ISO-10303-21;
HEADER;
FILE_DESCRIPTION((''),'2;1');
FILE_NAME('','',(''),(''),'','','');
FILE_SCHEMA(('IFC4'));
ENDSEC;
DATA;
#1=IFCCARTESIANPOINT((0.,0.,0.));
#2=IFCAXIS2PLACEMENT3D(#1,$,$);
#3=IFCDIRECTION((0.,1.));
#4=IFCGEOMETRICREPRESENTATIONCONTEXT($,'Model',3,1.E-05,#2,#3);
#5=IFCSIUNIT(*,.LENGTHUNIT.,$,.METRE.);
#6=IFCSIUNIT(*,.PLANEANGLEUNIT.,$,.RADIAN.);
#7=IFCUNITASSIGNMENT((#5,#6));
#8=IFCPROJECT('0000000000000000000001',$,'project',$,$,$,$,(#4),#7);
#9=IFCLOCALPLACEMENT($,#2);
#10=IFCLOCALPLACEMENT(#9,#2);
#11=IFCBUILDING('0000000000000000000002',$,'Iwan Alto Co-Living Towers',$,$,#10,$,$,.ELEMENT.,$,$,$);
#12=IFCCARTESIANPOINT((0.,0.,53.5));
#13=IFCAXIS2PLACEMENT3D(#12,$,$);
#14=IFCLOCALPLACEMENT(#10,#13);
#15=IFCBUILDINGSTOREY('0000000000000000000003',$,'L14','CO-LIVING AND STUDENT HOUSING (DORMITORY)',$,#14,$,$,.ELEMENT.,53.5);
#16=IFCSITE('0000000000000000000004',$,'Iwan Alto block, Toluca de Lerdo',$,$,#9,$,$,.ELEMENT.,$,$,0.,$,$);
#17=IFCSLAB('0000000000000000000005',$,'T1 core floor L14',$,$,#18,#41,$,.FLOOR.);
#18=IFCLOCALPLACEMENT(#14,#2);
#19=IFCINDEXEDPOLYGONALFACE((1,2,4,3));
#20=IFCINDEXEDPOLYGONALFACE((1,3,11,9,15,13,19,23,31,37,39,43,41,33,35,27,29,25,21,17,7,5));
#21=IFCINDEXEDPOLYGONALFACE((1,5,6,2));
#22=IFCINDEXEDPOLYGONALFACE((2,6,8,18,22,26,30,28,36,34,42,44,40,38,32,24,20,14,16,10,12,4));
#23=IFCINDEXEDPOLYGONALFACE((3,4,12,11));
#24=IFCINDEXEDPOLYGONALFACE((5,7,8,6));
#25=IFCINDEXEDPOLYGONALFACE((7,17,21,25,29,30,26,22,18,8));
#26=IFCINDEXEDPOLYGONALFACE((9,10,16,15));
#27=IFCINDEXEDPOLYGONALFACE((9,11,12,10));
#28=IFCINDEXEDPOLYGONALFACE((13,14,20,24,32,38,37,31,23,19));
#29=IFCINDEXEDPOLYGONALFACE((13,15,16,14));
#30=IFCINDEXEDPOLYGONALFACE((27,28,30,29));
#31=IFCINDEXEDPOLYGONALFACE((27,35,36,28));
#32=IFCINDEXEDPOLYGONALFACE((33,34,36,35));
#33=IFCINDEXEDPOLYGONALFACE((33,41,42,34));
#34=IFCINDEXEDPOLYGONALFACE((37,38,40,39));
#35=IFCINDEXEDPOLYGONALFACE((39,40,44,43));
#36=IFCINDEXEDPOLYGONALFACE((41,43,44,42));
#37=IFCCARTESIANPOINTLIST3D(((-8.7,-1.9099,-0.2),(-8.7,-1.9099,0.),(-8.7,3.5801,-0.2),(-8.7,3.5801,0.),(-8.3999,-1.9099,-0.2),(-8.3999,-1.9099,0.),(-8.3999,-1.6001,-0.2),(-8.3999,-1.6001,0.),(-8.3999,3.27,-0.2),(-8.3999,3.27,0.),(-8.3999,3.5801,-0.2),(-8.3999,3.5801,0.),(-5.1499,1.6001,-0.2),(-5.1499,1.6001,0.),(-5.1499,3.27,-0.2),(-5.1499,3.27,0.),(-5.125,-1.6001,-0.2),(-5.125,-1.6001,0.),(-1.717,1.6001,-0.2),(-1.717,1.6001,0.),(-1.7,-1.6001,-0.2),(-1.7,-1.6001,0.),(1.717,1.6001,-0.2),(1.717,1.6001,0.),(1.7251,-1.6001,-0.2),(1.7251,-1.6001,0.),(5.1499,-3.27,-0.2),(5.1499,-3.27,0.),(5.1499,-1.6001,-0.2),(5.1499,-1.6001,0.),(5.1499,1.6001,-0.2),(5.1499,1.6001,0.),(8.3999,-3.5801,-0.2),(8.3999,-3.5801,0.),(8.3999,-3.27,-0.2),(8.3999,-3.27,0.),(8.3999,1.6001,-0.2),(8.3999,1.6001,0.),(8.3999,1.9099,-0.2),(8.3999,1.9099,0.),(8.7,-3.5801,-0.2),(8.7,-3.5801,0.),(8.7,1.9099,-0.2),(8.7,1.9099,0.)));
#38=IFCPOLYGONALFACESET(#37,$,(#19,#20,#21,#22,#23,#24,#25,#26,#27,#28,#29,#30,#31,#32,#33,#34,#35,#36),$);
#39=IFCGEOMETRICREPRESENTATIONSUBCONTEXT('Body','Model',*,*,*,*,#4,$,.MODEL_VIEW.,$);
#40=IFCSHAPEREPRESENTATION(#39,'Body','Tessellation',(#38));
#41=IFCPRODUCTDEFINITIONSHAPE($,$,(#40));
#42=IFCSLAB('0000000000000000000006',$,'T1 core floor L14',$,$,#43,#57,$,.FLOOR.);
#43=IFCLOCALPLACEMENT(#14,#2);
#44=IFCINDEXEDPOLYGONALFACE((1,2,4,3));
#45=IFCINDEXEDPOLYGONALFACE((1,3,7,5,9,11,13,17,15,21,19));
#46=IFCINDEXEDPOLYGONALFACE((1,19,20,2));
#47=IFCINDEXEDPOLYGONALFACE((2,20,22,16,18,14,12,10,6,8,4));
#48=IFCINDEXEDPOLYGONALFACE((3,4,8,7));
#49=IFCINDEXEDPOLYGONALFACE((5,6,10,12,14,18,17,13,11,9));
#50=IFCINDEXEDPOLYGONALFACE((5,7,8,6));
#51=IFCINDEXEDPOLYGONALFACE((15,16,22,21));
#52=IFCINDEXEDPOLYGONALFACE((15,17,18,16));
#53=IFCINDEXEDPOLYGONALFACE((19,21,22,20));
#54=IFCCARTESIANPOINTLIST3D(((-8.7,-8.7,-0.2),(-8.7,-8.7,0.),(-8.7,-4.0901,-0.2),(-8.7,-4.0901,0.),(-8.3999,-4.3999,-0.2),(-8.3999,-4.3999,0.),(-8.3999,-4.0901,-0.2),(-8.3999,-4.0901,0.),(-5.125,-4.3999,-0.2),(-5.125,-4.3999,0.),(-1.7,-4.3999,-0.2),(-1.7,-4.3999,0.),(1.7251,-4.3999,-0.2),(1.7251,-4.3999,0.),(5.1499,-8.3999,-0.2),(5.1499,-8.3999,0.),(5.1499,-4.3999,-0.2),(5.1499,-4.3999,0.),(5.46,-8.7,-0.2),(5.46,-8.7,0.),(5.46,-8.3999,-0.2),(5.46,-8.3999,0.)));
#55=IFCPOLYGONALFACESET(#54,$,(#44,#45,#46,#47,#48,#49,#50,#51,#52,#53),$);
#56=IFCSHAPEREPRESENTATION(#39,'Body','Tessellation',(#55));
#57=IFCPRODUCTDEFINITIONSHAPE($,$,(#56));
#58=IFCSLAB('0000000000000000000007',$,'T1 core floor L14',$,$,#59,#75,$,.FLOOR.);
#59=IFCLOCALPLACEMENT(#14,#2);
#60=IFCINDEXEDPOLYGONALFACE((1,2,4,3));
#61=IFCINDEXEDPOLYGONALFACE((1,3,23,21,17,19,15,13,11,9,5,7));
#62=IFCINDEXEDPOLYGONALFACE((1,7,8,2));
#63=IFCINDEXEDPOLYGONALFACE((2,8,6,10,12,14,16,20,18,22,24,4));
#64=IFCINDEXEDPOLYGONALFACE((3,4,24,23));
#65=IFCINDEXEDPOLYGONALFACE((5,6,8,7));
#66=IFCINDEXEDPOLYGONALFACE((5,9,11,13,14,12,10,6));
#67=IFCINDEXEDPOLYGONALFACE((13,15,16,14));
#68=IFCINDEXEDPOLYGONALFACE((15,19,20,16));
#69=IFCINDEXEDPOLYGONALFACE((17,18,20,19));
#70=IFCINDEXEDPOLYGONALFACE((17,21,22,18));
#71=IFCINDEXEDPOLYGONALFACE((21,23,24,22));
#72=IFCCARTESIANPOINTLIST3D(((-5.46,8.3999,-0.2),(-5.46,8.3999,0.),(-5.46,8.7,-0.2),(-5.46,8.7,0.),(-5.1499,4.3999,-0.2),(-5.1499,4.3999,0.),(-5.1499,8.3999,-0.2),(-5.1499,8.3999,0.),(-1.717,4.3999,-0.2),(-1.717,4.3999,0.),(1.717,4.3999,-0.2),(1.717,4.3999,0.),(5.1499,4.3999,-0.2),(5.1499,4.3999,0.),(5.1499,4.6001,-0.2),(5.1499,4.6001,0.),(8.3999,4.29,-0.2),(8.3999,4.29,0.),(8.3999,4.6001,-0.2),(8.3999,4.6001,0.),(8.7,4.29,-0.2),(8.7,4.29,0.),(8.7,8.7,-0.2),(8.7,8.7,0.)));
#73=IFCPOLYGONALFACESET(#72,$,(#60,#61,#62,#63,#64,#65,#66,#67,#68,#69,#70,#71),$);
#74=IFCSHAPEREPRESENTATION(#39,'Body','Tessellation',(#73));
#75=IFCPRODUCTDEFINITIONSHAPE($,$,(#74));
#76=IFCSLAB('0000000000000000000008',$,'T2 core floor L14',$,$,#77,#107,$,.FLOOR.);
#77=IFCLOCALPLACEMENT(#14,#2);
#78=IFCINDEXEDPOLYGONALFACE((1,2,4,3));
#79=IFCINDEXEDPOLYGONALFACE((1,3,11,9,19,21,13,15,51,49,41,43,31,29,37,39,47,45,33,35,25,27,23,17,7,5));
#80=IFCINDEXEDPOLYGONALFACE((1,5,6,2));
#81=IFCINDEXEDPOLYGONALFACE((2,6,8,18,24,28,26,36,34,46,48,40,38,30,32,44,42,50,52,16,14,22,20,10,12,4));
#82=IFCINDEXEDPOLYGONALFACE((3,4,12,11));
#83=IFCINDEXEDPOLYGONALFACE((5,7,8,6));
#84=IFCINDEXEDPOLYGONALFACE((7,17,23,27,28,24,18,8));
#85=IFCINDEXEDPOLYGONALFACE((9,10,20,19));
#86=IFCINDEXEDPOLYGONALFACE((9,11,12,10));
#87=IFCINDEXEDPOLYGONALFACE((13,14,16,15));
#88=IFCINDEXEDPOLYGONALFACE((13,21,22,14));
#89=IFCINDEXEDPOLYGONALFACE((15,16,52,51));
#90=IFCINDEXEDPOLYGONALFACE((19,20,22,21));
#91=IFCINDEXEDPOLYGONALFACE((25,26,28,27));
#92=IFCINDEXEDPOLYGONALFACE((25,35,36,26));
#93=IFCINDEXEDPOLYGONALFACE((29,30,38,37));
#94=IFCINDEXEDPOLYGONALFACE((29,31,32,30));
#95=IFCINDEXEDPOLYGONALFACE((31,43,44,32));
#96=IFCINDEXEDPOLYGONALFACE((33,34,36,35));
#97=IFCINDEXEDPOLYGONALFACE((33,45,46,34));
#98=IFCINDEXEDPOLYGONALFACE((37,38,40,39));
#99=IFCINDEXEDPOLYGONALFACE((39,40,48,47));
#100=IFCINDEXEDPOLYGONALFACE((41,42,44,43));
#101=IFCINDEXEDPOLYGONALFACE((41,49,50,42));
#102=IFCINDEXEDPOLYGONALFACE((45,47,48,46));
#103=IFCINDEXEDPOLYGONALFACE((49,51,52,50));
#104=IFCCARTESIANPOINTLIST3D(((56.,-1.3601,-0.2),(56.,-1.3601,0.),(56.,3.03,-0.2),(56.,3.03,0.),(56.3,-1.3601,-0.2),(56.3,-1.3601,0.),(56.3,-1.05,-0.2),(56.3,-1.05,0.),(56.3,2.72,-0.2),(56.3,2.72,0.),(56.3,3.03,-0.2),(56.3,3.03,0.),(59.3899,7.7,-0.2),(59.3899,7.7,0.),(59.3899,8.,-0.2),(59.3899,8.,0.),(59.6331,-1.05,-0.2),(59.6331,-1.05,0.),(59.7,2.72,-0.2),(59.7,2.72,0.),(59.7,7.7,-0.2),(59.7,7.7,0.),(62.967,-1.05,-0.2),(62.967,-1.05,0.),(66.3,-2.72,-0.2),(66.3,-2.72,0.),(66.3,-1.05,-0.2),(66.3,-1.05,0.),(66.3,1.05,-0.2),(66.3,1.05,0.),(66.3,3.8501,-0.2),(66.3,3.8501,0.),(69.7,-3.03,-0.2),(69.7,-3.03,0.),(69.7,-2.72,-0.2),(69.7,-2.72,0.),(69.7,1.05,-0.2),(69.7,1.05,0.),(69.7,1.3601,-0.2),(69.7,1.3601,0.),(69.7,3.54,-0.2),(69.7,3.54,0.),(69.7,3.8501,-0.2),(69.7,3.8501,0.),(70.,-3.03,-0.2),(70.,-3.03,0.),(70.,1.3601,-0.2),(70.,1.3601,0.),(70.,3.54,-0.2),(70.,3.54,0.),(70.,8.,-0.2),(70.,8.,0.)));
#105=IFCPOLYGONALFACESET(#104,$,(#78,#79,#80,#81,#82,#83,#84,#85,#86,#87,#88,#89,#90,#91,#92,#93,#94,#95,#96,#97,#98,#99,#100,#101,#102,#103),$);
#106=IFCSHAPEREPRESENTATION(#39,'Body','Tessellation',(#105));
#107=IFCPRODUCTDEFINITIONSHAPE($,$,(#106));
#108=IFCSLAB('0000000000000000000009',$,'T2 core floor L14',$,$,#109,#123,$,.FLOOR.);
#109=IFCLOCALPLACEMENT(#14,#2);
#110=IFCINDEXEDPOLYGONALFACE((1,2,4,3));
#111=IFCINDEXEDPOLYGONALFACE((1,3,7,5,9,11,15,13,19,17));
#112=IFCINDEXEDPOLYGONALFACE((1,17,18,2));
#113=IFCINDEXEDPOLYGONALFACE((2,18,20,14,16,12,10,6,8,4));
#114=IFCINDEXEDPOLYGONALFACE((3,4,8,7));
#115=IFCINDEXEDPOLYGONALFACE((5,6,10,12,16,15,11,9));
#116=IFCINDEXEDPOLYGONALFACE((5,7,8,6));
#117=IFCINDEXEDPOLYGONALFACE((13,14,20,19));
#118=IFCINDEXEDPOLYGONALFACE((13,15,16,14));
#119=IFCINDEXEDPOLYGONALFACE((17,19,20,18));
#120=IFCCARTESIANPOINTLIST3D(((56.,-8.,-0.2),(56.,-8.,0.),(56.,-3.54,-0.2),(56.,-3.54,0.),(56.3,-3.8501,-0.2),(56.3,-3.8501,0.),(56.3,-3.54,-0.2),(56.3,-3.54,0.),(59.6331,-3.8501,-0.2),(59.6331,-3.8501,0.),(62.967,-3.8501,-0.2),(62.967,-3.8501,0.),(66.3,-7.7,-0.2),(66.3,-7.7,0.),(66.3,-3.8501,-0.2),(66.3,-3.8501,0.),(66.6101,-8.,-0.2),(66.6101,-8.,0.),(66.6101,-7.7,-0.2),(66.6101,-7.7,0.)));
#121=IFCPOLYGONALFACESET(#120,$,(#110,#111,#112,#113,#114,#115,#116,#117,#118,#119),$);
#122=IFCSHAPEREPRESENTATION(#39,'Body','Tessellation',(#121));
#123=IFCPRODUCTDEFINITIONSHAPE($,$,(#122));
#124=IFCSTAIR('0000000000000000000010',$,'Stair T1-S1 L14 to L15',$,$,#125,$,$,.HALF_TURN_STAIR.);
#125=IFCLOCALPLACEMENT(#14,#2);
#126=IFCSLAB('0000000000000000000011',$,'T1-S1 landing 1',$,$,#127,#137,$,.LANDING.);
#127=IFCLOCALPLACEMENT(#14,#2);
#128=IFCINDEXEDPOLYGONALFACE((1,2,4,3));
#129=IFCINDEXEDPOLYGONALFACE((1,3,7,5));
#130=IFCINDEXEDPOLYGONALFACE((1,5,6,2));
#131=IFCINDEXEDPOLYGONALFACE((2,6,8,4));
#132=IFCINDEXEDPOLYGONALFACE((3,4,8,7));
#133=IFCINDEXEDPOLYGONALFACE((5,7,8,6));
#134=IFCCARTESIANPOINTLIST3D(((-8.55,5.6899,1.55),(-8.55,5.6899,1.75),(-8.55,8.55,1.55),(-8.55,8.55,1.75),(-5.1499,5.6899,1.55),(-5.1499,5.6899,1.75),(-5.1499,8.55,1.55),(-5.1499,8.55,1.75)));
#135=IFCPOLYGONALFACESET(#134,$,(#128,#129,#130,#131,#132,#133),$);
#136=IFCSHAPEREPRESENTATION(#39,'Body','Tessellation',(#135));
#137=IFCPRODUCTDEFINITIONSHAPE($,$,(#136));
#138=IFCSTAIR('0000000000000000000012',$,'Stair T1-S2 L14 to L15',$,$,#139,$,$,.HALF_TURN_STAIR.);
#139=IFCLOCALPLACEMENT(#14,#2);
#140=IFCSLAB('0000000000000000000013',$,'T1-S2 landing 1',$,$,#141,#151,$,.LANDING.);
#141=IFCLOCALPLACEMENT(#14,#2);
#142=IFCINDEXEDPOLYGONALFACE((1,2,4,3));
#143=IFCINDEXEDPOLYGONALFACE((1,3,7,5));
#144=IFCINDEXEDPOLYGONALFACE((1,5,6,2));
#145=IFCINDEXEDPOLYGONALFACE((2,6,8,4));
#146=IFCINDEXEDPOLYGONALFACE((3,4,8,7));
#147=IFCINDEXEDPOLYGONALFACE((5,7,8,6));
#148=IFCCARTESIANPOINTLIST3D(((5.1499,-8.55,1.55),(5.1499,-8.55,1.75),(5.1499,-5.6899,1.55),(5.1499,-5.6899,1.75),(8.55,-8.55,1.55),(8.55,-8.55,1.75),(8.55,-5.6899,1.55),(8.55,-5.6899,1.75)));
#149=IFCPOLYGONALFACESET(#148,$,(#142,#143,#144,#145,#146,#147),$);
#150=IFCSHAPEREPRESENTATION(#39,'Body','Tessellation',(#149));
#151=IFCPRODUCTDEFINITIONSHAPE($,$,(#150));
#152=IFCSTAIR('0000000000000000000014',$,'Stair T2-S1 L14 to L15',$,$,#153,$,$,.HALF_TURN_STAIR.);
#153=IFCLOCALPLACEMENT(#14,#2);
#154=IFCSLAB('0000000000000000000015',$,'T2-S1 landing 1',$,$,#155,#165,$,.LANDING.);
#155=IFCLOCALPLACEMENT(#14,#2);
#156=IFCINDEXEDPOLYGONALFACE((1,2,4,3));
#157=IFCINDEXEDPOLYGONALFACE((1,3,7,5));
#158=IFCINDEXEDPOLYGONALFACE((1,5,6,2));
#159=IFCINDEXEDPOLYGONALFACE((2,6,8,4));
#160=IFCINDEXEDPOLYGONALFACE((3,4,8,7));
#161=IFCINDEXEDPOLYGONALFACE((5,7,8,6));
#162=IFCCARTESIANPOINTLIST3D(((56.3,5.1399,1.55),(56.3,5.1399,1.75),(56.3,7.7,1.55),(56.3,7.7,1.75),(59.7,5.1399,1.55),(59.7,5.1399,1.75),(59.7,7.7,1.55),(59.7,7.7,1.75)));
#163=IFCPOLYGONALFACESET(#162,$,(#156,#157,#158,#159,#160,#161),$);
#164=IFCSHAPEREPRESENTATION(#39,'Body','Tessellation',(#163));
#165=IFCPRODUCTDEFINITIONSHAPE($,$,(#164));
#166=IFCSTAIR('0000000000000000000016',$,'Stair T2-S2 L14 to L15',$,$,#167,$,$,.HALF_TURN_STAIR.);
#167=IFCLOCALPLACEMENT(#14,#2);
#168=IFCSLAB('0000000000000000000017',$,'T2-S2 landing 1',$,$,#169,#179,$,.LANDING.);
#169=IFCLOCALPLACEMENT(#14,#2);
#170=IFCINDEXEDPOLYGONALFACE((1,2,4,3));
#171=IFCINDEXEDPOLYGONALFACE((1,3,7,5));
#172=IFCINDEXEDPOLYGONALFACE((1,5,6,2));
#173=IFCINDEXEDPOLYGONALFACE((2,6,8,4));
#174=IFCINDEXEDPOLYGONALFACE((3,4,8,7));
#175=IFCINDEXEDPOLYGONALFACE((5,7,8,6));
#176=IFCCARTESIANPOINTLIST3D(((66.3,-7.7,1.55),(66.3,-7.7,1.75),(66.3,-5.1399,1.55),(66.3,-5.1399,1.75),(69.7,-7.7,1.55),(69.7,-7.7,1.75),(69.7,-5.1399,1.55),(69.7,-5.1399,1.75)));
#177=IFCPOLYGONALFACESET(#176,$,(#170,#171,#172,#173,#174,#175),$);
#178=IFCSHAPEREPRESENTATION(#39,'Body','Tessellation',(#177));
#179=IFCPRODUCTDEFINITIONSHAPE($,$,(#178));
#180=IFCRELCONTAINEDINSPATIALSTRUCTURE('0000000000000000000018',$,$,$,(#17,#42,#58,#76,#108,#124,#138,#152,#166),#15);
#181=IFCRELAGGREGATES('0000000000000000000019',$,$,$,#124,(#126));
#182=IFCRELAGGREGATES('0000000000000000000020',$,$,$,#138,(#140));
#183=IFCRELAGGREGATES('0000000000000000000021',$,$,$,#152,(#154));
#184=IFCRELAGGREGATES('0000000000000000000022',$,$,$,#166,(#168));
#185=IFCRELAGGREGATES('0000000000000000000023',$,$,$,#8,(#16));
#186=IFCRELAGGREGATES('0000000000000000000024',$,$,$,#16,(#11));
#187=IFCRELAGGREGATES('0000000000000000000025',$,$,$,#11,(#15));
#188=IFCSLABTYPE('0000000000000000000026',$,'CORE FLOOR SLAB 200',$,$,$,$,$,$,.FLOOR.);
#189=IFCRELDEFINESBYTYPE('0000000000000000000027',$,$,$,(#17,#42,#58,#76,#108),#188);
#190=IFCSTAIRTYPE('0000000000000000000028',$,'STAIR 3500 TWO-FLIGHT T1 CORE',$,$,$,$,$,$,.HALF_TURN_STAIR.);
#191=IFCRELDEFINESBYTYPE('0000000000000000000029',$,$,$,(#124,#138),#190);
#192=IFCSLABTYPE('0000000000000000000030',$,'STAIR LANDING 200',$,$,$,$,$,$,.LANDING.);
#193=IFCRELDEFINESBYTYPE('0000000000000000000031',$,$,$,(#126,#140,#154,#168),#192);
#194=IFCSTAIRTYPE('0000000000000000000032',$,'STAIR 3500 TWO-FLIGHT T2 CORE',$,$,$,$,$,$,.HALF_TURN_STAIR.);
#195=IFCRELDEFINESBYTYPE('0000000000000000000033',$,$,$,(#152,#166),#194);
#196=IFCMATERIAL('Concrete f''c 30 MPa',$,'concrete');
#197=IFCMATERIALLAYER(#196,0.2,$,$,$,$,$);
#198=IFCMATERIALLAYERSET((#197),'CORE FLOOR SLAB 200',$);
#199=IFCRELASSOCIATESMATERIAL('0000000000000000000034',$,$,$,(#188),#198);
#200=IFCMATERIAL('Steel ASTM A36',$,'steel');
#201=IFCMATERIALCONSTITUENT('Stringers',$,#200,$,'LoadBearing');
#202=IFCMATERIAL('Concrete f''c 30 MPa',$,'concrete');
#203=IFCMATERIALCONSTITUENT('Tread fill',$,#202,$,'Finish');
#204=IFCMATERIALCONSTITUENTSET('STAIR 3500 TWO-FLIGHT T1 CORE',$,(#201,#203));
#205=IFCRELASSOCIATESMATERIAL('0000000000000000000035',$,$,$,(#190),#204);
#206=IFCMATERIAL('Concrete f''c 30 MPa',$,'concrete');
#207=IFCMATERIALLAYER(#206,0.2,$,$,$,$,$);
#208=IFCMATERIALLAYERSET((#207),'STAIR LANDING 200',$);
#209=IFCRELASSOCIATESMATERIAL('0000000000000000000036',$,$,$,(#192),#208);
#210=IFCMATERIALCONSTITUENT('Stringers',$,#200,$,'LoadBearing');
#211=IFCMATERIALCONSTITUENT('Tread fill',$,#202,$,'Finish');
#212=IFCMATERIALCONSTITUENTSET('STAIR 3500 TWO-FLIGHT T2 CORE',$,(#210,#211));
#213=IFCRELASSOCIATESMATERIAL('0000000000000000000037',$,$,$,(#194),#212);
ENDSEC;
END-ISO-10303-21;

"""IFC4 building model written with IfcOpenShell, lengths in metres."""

from ifc_helpers import new_model, si_unit, direction, frame, origin, place, context, subcontext, project, spatial, polyline, outline, extrude, material, layer, layer_set, constituent, constituent_set, type_object, element, aggregate, save


model = new_model("IFC4")

# Units and contexts
model_context = context("Model", 3, precision=1e-05, world=origin(), true_north=direction((0.0, 1.0)))
body_context = subcontext(model_context, "Body", "Model", "MODEL_VIEW")
ifc_project = project(units=[si_unit("LENGTHUNIT", "METRE"), si_unit("PLANEANGLEUNIT", "RADIAN")], contexts=[model_context])

# Site, building, storey
site_placement = place(None, origin())
site = spatial("IfcSite", under=ifc_project, at=site_placement, Name="Iwan Alto block, Toluca de Lerdo", CompositionType="ELEMENT", RefElevation=0.0)
building_placement = place(site_placement, origin())
building = spatial("IfcBuilding", under=site, at=building_placement, Name="Iwan Alto Co-Living Towers", CompositionType="ELEMENT")
storey_placement = place(building_placement, frame((0.0, 0.0, 53.5)))
storey = spatial("IfcBuildingStorey", under=building, at=storey_placement, Name="L14", Description="CO-LIVING AND STUDENT HOUSING (DORMITORY)", CompositionType="ELEMENT", Elevation=53.5)

# Slabs
ifc_material_1 = material(Name="Concrete f'c 30 MPa", Category="concrete")
ifc_layer_1 = layer(ifc_material_1, 0.2)
ifc_layer_set_1 = layer_set([ifc_layer_1], Name="CORE FLOOR SLAB 200")
slab_type_1 = type_object("IfcSlabType", Name="CORE FLOOR SLAB 200", PredefinedType="FLOOR", material=ifc_layer_set_1)
slab_1_placement = place(storey_placement, frame((0.0, 0.0, -0.2)))
element("IfcSlab", 1, at=slab_1_placement, inside=storey, type_object=slab_type_1, Name="T1 core floor L14", PredefinedType="FLOOR", context=body_context, shape_type="SweptSolid", body=[
    extrude(outline(polyline([(8.7, -3.5801), (8.3999, -3.5801), (8.3999, -3.27), (5.1499, -3.27), (5.1499, -1.6001), (1.7251, -1.6001), (-1.7, -1.6001), (-5.125, -1.6001), (-8.3999, -1.6001), (-8.3999, -1.9099), (-8.7, -1.9099), (-8.7, 3.5801), (-8.3999, 3.5801), (-8.3999, 3.27), (-5.1499, 3.27), (-5.1499, 1.6001), (-1.717, 1.6001), (1.717, 1.6001), (5.1499, 1.6001), (8.3999, 1.6001), (8.3999, 1.9099), (8.7, 1.9099), (8.7, -3.5801)])), origin(), (0.0, 0.0, 1.0), 0.2),
])
slab_2_placement = place(storey_placement, frame((0.0, 0.0, -0.2)))
element("IfcSlab", 2, at=slab_2_placement, inside=storey, type_object=slab_type_1, Name="T1 core floor L14", PredefinedType="FLOOR", context=body_context, shape_type="SweptSolid", body=[
    extrude(outline(polyline([(-1.7, -4.3999), (1.7251, -4.3999), (5.1499, -4.3999), (5.1499, -8.3999), (5.46, -8.3999), (5.46, -8.7), (-8.7, -8.7), (-8.7, -4.0901), (-8.3999, -4.0901), (-8.3999, -4.3999), (-5.125, -4.3999), (-1.7, -4.3999)])), origin(), (0.0, 0.0, 1.0), 0.2),
])
slab_3_placement = place(storey_placement, frame((0.0, 0.0, -0.2)))
element("IfcSlab", 3, at=slab_3_placement, inside=storey, type_object=slab_type_1, Name="T1 core floor L14", PredefinedType="FLOOR", context=body_context, shape_type="SweptSolid", body=[
    extrude(outline(polyline([(1.717, 4.3999), (-1.717, 4.3999), (-5.1499, 4.3999), (-5.1499, 8.3999), (-5.46, 8.3999), (-5.46, 8.7), (8.7, 8.7), (8.7, 4.29), (8.3999, 4.29), (8.3999, 4.6001), (5.1499, 4.6001), (5.1499, 4.3999), (1.717, 4.3999)])), origin(), (0.0, 0.0, 1.0), 0.2),
])
slab_4_placement = place(storey_placement, frame((0.0, 0.0, -0.2)))
element("IfcSlab", 4, at=slab_4_placement, inside=storey, type_object=slab_type_1, Name="T2 core floor L14", PredefinedType="FLOOR", context=body_context, shape_type="SweptSolid", body=[
    extrude(outline(polyline([(70.0, -3.03), (69.7, -3.03), (69.7, -2.72), (66.3, -2.72), (66.3, -1.05), (62.967, -1.05), (59.6331, -1.05), (56.3, -1.05), (56.3, -1.3601), (56.0, -1.3601), (56.0, 3.03), (56.3, 3.03), (56.3, 2.72), (59.7, 2.72), (59.7, 7.7), (59.3899, 7.7), (59.3899, 8.0), (70.0, 8.0), (70.0, 3.54), (69.7, 3.54), (69.7, 3.8501), (66.3, 3.8501), (66.3, 1.05), (69.7, 1.05), (69.7, 1.3601), (70.0, 1.3601), (70.0, -3.03)])), origin(), (0.0, 0.0, 1.0), 0.2),
])
slab_5_placement = place(storey_placement, frame((0.0, 0.0, -0.2)))
element("IfcSlab", 5, at=slab_5_placement, inside=storey, type_object=slab_type_1, Name="T2 core floor L14", PredefinedType="FLOOR", context=body_context, shape_type="SweptSolid", body=[
    extrude(outline(polyline([(62.967, -3.8501), (66.3, -3.8501), (66.3, -7.7), (66.6101, -7.7), (66.6101, -8.0), (56.0, -8.0), (56.0, -3.54), (56.3, -3.54), (56.3, -3.8501), (59.6331, -3.8501), (62.967, -3.8501)])), origin(), (0.0, 0.0, 1.0), 0.2),
])

# Stairs, slabs
ifc_material_2 = material(Name="Steel ASTM A36", Category="steel")
ifc_constituent_1 = constituent(ifc_material_2, Name="Stringers", Category="LoadBearing")
ifc_material_3 = material(Name="Concrete f'c 30 MPa", Category="concrete")
ifc_constituent_2 = constituent(ifc_material_3, Name="Tread fill", Category="Finish")
ifc_constituent_set_1 = constituent_set(constituents=[ifc_constituent_1, ifc_constituent_2], Name="STAIR 3500 TWO-FLIGHT T1 CORE")
stair_type_1 = type_object("IfcStairType", Name="STAIR 3500 TWO-FLIGHT T1 CORE", PredefinedType="HALF_TURN_STAIR", material=ifc_constituent_set_1)
stair_1_placement = place(storey_placement, origin())
stair_1 = element("IfcStair", 6, at=stair_1_placement, inside=storey, type_object=stair_type_1, Name="Stair T1-S1 L14 to L15", PredefinedType="HALF_TURN_STAIR")
ifc_material_4 = material(Name="Concrete f'c 30 MPa", Category="concrete")
ifc_layer_2 = layer(ifc_material_4, 0.2)
ifc_layer_set_2 = layer_set([ifc_layer_2], Name="STAIR LANDING 200")
slab_type_2 = type_object("IfcSlabType", Name="STAIR LANDING 200", PredefinedType="LANDING", material=ifc_layer_set_2)
slab_6_placement = place(storey_placement, frame((0.0, 0.0, 1.55)))
slab_6 = element("IfcSlab", 7, at=slab_6_placement, type_object=slab_type_2, Name="T1-S1 landing 1", PredefinedType="LANDING", context=body_context, shape_type="SweptSolid", body=[
    extrude(outline(polyline([(-8.55, 5.6899), (-8.55, 8.55), (-5.1499, 8.55), (-5.1499, 5.6899), (-8.55, 5.6899)])), origin(), (0.0, 0.0, 1.0), 0.2),
])
aggregate(stair_1, [slab_6])
stair_2_placement = place(storey_placement, origin())
stair_2 = element("IfcStair", 8, at=stair_2_placement, inside=storey, type_object=stair_type_1, Name="Stair T1-S2 L14 to L15", PredefinedType="HALF_TURN_STAIR")
slab_7_placement = place(storey_placement, frame((0.0, 0.0, 1.55)))
slab_7 = element("IfcSlab", 9, at=slab_7_placement, type_object=slab_type_2, Name="T1-S2 landing 1", PredefinedType="LANDING", context=body_context, shape_type="SweptSolid", body=[
    extrude(outline(polyline([(5.1499, -5.6899), (5.1499, -8.55), (8.55, -8.55), (8.55, -5.6899), (5.1499, -5.6899)])), origin(), (0.0, 0.0, 1.0), 0.2),
])
aggregate(stair_2, [slab_7])
ifc_constituent_3 = constituent(ifc_material_2, Name="Stringers", Category="LoadBearing")
ifc_constituent_4 = constituent(ifc_material_3, Name="Tread fill", Category="Finish")
ifc_constituent_set_2 = constituent_set(constituents=[ifc_constituent_3, ifc_constituent_4], Name="STAIR 3500 TWO-FLIGHT T2 CORE")
stair_type_2 = type_object("IfcStairType", Name="STAIR 3500 TWO-FLIGHT T2 CORE", PredefinedType="HALF_TURN_STAIR", material=ifc_constituent_set_2)
stair_3_placement = place(storey_placement, origin())
stair_3 = element("IfcStair", 10, at=stair_3_placement, inside=storey, type_object=stair_type_2, Name="Stair T2-S1 L14 to L15", PredefinedType="HALF_TURN_STAIR")
slab_8_placement = place(storey_placement, frame((0.0, 0.0, 1.55)))
slab_8 = element("IfcSlab", 11, at=slab_8_placement, type_object=slab_type_2, Name="T2-S1 landing 1", PredefinedType="LANDING", context=body_context, shape_type="SweptSolid", body=[
    extrude(outline(polyline([(56.3, 5.1399), (56.3, 7.7), (59.7, 7.7), (59.7, 5.1399), (56.3, 5.1399)])), origin(), (0.0, 0.0, 1.0), 0.2),
])
aggregate(stair_3, [slab_8])
stair_4_placement = place(storey_placement, origin())
stair_4 = element("IfcStair", 12, at=stair_4_placement, inside=storey, type_object=stair_type_2, Name="Stair T2-S2 L14 to L15", PredefinedType="HALF_TURN_STAIR")
slab_9_placement = place(storey_placement, frame((0.0, 0.0, 1.55)))
slab_9 = element("IfcSlab", 13, at=slab_9_placement, type_object=slab_type_2, Name="T2-S2 landing 1", PredefinedType="LANDING", context=body_context, shape_type="SweptSolid", body=[
    extrude(outline(polyline([(66.3, -5.1399), (66.3, -7.7), (69.7, -7.7), (69.7, -5.1399), (66.3, -5.1399)])), origin(), (0.0, 0.0, 1.0), 0.2),
])
aggregate(stair_4, [slab_9])

save(model, "model.ifc")
